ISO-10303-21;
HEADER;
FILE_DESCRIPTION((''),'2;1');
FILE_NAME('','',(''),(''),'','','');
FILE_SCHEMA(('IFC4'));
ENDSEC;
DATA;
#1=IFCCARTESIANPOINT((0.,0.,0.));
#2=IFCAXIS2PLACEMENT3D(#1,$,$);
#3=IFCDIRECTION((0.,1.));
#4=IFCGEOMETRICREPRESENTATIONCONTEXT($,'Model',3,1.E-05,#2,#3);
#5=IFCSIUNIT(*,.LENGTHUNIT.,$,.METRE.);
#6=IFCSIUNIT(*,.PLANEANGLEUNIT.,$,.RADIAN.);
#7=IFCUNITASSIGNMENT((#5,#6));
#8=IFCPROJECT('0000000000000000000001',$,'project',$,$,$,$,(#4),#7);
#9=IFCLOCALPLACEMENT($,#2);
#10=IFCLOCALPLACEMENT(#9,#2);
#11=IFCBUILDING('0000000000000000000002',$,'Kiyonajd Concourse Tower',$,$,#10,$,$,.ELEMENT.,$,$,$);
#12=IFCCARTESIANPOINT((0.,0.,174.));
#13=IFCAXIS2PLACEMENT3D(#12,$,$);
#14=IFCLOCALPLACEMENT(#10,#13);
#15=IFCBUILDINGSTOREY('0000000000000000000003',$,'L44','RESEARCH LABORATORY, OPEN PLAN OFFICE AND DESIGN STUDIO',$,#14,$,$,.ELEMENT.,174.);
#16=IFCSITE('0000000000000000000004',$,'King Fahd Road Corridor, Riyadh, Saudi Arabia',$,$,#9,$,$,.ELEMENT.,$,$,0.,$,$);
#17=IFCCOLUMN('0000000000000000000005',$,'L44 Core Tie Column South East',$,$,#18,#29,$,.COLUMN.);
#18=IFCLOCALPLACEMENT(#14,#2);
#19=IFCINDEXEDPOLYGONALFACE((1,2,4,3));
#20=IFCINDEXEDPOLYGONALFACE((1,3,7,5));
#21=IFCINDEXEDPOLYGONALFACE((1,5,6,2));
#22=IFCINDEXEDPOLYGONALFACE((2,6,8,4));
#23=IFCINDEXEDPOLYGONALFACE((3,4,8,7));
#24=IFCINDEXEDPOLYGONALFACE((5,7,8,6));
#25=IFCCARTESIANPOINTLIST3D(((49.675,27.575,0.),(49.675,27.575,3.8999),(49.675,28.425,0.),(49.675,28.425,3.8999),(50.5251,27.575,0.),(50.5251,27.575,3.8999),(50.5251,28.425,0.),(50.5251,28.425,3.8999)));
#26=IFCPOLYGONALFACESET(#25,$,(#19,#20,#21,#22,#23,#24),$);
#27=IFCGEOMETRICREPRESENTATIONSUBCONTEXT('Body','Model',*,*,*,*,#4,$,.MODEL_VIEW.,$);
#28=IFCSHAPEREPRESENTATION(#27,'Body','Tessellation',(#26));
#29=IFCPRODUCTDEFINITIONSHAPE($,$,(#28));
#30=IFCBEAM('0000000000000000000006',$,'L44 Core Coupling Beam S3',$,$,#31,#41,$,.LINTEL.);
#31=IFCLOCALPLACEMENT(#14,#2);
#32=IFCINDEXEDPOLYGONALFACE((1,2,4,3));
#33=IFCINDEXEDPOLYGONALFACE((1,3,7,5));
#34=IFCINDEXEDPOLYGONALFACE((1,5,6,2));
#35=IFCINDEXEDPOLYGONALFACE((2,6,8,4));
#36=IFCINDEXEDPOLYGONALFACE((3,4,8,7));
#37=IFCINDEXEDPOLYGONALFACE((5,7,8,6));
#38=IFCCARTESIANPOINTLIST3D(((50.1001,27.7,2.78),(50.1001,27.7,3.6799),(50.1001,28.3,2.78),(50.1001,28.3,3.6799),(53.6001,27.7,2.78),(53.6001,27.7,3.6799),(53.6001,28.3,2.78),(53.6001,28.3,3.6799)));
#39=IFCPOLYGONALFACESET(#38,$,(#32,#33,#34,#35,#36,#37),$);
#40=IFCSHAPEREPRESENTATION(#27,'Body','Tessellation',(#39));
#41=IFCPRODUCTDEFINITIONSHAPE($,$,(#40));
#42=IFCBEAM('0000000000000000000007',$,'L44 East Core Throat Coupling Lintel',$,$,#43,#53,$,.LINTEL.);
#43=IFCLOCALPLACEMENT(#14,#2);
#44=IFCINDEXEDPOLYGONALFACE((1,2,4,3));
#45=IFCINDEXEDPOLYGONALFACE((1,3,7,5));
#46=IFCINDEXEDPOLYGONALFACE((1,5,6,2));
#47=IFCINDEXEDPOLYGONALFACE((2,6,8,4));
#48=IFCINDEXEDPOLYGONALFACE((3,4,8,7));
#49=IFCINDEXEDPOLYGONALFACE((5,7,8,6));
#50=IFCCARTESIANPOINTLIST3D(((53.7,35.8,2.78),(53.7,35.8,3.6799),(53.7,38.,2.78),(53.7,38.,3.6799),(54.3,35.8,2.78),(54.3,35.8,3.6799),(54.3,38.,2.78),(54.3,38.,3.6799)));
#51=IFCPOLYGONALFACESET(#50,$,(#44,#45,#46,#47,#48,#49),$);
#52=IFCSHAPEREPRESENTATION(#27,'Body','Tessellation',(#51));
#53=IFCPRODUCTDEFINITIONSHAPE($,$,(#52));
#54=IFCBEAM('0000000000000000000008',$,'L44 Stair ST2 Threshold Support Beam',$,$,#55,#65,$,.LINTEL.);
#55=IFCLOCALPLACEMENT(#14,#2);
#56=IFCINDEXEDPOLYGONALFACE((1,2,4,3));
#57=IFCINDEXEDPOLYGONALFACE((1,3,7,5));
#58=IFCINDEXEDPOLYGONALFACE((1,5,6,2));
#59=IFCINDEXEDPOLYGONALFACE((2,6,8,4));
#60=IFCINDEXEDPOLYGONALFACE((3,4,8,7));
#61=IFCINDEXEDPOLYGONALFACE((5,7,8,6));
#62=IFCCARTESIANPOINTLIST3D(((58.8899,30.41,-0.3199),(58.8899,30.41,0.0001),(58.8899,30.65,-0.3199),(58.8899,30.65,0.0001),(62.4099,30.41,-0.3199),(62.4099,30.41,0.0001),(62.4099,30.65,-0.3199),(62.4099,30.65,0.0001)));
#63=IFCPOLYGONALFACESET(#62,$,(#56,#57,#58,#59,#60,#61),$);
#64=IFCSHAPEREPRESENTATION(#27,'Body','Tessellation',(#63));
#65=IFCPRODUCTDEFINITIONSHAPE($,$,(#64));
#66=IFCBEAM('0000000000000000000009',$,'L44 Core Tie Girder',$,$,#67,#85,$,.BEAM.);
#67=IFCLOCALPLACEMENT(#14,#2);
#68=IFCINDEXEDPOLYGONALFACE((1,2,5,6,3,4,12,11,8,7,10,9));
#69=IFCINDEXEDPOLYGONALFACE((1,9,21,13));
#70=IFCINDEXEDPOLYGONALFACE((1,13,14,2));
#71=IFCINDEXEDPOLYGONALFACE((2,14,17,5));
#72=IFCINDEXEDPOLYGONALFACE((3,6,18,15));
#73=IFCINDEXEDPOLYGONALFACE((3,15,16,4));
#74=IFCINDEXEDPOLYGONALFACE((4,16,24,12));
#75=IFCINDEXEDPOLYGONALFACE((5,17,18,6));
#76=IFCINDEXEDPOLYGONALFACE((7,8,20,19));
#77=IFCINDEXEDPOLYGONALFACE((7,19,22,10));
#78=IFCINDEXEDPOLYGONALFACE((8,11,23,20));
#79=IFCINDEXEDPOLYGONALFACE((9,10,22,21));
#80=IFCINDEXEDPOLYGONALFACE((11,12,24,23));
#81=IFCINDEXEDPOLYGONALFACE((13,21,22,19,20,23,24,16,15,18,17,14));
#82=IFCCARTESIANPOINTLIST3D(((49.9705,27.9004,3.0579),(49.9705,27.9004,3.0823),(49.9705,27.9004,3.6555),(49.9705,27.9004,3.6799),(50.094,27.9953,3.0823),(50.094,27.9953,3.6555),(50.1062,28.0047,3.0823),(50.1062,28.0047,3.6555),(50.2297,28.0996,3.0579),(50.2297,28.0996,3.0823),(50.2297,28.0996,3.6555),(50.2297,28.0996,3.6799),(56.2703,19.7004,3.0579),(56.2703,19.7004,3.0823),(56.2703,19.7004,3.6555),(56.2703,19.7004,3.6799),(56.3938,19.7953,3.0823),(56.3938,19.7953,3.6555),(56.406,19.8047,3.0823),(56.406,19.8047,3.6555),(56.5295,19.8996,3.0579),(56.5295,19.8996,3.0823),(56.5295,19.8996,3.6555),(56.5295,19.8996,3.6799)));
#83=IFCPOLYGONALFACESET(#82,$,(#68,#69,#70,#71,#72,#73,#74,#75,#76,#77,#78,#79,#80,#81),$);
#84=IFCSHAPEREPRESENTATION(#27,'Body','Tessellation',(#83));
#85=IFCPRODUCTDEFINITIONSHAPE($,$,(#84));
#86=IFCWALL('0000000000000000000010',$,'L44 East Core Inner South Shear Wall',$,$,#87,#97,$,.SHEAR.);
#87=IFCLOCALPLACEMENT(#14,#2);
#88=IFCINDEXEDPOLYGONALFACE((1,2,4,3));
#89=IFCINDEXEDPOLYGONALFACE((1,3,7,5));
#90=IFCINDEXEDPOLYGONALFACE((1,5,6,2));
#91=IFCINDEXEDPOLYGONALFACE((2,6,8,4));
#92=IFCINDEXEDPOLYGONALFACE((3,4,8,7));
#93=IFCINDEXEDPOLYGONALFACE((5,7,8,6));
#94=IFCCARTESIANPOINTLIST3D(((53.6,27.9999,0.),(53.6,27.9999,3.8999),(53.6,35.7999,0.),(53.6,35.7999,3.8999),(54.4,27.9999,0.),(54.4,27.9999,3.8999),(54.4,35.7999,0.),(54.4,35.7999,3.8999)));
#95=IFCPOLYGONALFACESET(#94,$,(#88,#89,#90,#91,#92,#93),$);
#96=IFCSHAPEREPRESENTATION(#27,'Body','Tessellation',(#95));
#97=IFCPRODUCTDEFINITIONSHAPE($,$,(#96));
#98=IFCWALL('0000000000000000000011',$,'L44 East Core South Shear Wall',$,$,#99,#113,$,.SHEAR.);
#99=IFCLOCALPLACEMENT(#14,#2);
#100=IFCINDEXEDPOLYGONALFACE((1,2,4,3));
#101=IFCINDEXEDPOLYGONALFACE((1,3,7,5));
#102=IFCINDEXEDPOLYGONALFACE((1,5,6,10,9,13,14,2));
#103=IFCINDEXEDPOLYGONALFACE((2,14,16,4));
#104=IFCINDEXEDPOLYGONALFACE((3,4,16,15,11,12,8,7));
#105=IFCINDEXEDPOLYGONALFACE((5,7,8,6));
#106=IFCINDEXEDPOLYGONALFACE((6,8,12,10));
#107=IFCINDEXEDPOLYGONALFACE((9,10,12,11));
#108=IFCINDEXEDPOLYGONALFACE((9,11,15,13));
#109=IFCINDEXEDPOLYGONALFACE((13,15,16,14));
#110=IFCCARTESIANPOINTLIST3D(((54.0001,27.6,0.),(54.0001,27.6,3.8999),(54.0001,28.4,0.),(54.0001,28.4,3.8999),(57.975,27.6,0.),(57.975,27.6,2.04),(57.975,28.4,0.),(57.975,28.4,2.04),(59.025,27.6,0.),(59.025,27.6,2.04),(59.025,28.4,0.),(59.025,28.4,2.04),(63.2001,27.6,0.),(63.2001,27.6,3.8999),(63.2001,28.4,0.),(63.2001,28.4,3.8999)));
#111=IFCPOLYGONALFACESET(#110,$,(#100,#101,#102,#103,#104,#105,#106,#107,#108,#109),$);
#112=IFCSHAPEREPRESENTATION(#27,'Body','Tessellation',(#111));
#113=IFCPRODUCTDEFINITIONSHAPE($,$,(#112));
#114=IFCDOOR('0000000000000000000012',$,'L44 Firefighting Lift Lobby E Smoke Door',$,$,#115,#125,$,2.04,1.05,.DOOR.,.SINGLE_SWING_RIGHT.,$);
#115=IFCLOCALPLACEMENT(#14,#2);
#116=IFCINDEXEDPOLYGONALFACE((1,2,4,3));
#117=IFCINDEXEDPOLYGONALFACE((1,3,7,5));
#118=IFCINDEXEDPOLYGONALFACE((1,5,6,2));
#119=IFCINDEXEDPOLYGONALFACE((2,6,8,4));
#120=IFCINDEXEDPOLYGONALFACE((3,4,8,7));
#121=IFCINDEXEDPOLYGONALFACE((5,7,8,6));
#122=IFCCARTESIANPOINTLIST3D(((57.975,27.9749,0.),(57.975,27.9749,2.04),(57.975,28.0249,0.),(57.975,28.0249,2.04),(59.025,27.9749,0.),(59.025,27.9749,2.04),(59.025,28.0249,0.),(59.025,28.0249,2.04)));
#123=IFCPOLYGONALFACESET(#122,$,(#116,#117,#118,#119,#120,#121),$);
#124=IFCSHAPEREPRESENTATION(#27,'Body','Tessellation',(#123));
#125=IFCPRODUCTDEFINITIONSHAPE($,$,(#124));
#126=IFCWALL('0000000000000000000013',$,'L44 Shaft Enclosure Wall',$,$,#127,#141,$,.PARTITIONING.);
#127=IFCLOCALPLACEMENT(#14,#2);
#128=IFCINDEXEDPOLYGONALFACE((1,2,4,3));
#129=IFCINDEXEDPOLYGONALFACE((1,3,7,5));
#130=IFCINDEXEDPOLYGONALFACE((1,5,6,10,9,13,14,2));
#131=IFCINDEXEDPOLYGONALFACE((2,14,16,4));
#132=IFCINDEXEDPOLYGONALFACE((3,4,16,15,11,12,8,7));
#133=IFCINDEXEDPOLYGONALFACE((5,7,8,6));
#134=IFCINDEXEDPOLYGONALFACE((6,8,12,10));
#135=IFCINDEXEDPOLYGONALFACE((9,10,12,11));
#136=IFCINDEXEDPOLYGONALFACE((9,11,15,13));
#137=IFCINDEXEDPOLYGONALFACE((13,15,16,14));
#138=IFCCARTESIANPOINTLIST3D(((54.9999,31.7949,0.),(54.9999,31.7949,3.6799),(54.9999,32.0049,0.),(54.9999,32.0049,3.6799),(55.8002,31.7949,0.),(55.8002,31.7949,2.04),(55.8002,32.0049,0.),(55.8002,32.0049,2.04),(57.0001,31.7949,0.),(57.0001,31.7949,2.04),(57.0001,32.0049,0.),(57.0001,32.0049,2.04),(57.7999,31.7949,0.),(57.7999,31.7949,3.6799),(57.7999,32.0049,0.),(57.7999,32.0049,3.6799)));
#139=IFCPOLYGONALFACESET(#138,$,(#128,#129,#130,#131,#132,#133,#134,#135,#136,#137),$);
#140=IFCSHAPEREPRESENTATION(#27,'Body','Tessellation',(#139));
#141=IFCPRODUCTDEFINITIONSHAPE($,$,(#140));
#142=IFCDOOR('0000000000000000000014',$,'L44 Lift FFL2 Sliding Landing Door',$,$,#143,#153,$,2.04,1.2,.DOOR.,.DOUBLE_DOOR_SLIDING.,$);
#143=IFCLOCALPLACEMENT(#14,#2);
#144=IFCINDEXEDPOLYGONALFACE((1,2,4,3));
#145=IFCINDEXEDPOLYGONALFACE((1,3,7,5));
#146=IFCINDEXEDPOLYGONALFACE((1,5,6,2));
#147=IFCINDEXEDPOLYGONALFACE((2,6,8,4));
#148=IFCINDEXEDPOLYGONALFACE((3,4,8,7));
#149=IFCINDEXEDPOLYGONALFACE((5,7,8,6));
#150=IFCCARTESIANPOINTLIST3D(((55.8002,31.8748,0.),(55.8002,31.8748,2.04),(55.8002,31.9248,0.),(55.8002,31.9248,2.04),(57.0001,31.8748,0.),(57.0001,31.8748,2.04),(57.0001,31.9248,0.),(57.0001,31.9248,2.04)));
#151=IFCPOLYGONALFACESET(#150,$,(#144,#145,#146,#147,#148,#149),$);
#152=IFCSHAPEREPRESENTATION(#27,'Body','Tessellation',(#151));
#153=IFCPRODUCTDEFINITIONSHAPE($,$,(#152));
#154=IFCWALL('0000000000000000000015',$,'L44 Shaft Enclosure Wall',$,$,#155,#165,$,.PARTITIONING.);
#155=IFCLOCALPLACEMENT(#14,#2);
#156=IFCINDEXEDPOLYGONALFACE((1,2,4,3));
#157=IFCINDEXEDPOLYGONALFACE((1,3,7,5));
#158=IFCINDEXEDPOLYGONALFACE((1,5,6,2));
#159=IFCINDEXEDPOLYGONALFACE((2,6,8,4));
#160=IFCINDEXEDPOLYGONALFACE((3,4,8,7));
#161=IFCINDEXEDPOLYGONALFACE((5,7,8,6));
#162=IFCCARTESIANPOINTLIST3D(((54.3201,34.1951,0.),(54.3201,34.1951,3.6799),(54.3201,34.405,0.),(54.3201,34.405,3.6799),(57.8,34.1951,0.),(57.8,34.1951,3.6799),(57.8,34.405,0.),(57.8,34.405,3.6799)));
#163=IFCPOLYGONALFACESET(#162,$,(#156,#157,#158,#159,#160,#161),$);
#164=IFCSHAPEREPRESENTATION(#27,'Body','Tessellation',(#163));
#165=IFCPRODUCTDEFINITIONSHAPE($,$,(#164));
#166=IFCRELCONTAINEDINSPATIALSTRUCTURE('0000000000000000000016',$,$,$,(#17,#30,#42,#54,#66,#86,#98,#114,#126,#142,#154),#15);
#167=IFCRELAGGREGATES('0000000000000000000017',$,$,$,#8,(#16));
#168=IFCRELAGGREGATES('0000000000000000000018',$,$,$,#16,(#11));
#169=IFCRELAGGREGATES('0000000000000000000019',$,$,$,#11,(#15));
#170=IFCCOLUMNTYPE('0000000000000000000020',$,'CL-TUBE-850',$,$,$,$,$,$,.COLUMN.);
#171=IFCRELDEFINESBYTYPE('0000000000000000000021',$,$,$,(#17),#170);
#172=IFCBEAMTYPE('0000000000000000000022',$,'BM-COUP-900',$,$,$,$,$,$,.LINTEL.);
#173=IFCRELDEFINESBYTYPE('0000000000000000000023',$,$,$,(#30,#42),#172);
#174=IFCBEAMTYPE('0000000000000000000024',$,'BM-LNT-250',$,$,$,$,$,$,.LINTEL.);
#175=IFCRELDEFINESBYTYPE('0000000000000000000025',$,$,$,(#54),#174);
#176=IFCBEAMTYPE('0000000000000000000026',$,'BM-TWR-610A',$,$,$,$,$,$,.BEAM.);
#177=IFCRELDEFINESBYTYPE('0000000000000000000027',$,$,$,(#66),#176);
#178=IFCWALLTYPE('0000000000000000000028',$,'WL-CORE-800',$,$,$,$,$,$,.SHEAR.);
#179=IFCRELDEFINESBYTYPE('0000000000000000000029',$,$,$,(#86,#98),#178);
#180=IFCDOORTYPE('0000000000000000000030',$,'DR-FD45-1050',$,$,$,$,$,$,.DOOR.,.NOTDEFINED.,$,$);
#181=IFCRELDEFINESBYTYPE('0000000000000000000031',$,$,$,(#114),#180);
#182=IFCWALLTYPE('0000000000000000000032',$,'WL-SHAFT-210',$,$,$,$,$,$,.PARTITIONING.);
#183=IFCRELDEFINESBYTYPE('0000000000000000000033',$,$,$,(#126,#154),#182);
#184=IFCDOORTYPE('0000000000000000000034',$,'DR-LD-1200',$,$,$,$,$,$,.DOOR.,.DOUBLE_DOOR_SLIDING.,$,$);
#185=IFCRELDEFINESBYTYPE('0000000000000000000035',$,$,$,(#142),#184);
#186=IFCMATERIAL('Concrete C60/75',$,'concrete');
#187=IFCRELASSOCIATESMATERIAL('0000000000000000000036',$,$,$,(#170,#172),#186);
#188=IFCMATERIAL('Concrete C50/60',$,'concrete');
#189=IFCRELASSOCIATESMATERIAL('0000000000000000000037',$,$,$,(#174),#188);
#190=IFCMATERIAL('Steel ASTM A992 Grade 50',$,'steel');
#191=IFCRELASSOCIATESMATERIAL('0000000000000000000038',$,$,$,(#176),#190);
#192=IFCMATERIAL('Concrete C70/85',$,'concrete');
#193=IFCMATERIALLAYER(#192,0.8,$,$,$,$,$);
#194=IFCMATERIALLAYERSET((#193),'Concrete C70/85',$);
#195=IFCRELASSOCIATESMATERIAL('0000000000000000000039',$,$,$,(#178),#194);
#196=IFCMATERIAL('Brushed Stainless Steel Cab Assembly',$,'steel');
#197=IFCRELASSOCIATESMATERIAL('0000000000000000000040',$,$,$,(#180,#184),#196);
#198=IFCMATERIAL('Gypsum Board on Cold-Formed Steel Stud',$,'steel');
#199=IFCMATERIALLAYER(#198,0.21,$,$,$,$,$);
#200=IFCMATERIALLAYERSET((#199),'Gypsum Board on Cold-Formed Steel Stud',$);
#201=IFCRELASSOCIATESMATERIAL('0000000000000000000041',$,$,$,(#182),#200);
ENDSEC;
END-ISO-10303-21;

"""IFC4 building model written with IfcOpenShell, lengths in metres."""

from ifc_helpers import new_model, si_unit, direction, frame, frame_2d, origin, origin_2d, place, context, subcontext, project, spatial, rectangle, i_section, extrude, material, layer, layer_set, material_profile, profile_set, type_object, element, fill, save


model = new_model("IFC4")

# Units and contexts
model_context = context("Model", 3, precision=1e-05, world=origin(), true_north=direction((0.0, 1.0)))
body_context = subcontext(model_context, "Body", "Model", "MODEL_VIEW")
ifc_project = project(units=[si_unit("LENGTHUNIT", "METRE"), si_unit("PLANEANGLEUNIT", "RADIAN")], contexts=[model_context])

# Site, building, storey
site_placement = place(None, origin())
site = spatial("IfcSite", under=ifc_project, at=site_placement, Name="King Fahd Road Corridor, Riyadh, Saudi Arabia", CompositionType="ELEMENT", RefElevation=0.0)
building_placement = place(site_placement, origin())
building = spatial("IfcBuilding", under=site, at=building_placement, Name="Kiyonajd Concourse Tower", CompositionType="ELEMENT")
storey_placement = place(building_placement, frame((0.0, 0.0, 174.0)))
storey = spatial("IfcBuildingStorey", under=building, at=storey_placement, Name="L44", Description="RESEARCH LABORATORY, OPEN PLAN OFFICE AND DESIGN STUDIO", CompositionType="ELEMENT", Elevation=174.0)

# Column
ifc_material_1 = material(Name="Concrete C60/75", Category="concrete")
ifc_material_profile_1 = material_profile(ifc_material_1, rectangle(XDim=0.8501, YDim=0.8501, at=origin_2d()), Name="RC-850x850")
ifc_profile_set_1 = profile_set([ifc_material_profile_1], Name="Concrete C60/75")
column_type = type_object("IfcColumnType", Name="CL-TUBE-850", PredefinedType="COLUMN", material=ifc_profile_set_1)
column_placement = place(storey_placement, frame((50.1001, 28.0, 0.0), z_axis=(0.0, 0.0, 1.0), x_axis=(1.0, 0.0, 0.0)))
element("IfcColumn", 1, at=column_placement, inside=storey, type_object=column_type, Name="L44 Core Tie Column South East", PredefinedType="COLUMN", context=body_context, shape_type="SweptSolid", body=[
    extrude(rectangle(XDim=0.8501, YDim=0.8501, at=origin_2d()), origin(), (0.0, 0.0, 1.0), 3.8999),
])

# Beams
ifc_material_profile_2 = material_profile(ifc_material_1, rectangle(XDim=0.6001, YDim=0.8999, at=origin_2d()), Name="RCBM-600x900")
ifc_profile_set_2 = profile_set([ifc_material_profile_2], Name="Concrete C60/75")
beam_type_1 = type_object("IfcBeamType", Name="BM-COUP-900", PredefinedType="LINTEL", material=ifc_profile_set_2)
beam_1_placement = place(storey_placement, frame((50.1001, 28.0, 3.23), z_axis=(1.0, 0.0, 0.0), x_axis=(0.0, 1.0, 0.0)))
element("IfcBeam", 2, at=beam_1_placement, inside=storey, type_object=beam_type_1, Name="L44 Core Coupling Beam S3", PredefinedType="LINTEL", context=body_context, shape_type="SweptSolid", body=[
    extrude(rectangle(XDim=0.6001, YDim=0.8999, at=origin_2d()), origin(), (0.0, 0.0, 1.0), 3.5),
])
beam_2_placement = place(storey_placement, frame((54.0, 35.8, 3.23), z_axis=(0.0, 1.0, 0.0), x_axis=(-1.0, 0.0, 0.0)))
element("IfcBeam", 3, at=beam_2_placement, inside=storey, type_object=beam_type_1, Name="L44 East Core Throat Coupling Lintel", PredefinedType="LINTEL", context=body_context, shape_type="SweptSolid", body=[
    extrude(rectangle(XDim=0.6001, YDim=0.8999, at=origin_2d()), origin(), (0.0, 0.0, 1.0), 2.2),
])
ifc_material_2 = material(Name="Concrete C50/60", Category="concrete")
ifc_material_profile_3 = material_profile(ifc_material_2, rectangle(XDim=0.24, YDim=0.3201, at=origin_2d()), Name="RCBM-240x320")
ifc_profile_set_3 = profile_set([ifc_material_profile_3], Name="Concrete C50/60")
beam_type_2 = type_object("IfcBeamType", Name="BM-LNT-250", PredefinedType="LINTEL", material=ifc_profile_set_3)
beam_3_placement = place(storey_placement, frame((58.8899, 30.53, -0.1599), z_axis=(1.0, 0.0, 0.0), x_axis=(0.0, 1.0, 0.0)))
element("IfcBeam", 4, at=beam_3_placement, inside=storey, type_object=beam_type_2, Name="L44 Stair ST2 Threshold Support Beam", PredefinedType="LINTEL", context=body_context, shape_type="SweptSolid", body=[
    extrude(rectangle(XDim=0.24, YDim=0.3201, at=origin_2d()), origin(), (0.0, 0.0, 1.0), 3.52),
])
ifc_material_3 = material(Name="Steel ASTM A992 Grade 50", Category="steel")
ifc_material_profile_4 = material_profile(ifc_material_3, i_section(OverallWidth=0.3269, OverallDepth=0.6221, WebThickness=0.0154, FlangeThickness=0.0244, at=origin_2d()), Name="W610X195")
ifc_profile_set_4 = profile_set([ifc_material_profile_4], Name="Steel ASTM A992 Grade 50")
beam_type_3 = type_object("IfcBeamType", Name="BM-TWR-610A", PredefinedType="BEAM", material=ifc_profile_set_4)
beam_4_placement = place(storey_placement, frame((50.1001, 28.0, 3.3689), z_axis=(0.609234, -0.792991, 0.0), x_axis=(0.792991, 0.609234, 0.0)))
element("IfcBeam", 5, at=beam_4_placement, inside=storey, type_object=beam_type_3, Name="L44 Core Tie Girder", PredefinedType="BEAM", context=body_context, shape_type="SweptSolid", body=[
    extrude(i_section(OverallWidth=0.3269, OverallDepth=0.6221, WebThickness=0.0154, FlangeThickness=0.0244, at=origin_2d()), origin(), (0.0, 0.0, 1.0), 10.3406),
])

# Wall
ifc_material_4 = material(Name="Concrete C70/85", Category="concrete")
ifc_layer_1 = layer(ifc_material_4, 0.8)
ifc_layer_set_1 = layer_set([ifc_layer_1], Name="Concrete C70/85")
wall_type_1 = type_object("IfcWallType", Name="WL-CORE-800", PredefinedType="SHEAR", material=ifc_layer_set_1)
wall_1_placement = place(storey_placement, frame((54.0, 28.0, 0.0), z_axis=(0.0, 0.0, 1.0), x_axis=(0.0, 1.0, 0.0)))
element("IfcWall", 6, at=wall_1_placement, inside=storey, type_object=wall_type_1, Name="L44 East Core Inner South Shear Wall", PredefinedType="SHEAR", context=body_context, shape_type="SweptSolid", body=[
    extrude(rectangle(XDim=7.8, YDim=0.8, at=frame_2d((3.8999, 0.0))), origin(), (0.0, 0.0, 1.0), 3.8999),
])

# Walls, openings, doors
wall_2_placement = place(storey_placement, frame((54.0, 28.0, 0.0), z_axis=(0.0, 0.0, 1.0), x_axis=(1.0, 0.0, 0.0)))
wall_2 = element("IfcWall", 7, at=wall_2_placement, inside=storey, type_object=wall_type_1, Name="L44 East Core South Shear Wall", PredefinedType="SHEAR", context=body_context, shape_type="SweptSolid", body=[
    extrude(rectangle(XDim=9.2, YDim=0.8, at=frame_2d((4.6001, 0.0))), origin(), (0.0, 0.0, 1.0), 3.8999),
])
opening_1_placement = place(wall_2_placement, frame((3.9751, 0.0, 0.0)))
opening_1 = element("IfcOpeningElement", 8, at=opening_1_placement, cuts=wall_2, PredefinedType="OPENING", context=body_context, shape_type="SweptSolid", body=[
    extrude(rectangle(XDim=1.05, YDim=2.04, at=frame_2d((0.5249, 1.02))), frame((0.0, 0.4099, 0.0), z_axis=(0.0, -1.0, 0.0), x_axis=(1.0, 0.0, 0.0)), (0.0, 0.0, 1.0), 0.8201),
])
ifc_material_5 = material(Name="Brushed Stainless Steel Cab Assembly", Category="steel")
door_type_1 = type_object("IfcDoorType", Name="DR-FD45-1050", OperationType="NOTDEFINED", PredefinedType="DOOR", material=ifc_material_5)
door_1_placement = place(opening_1_placement, origin())
door_1 = element("IfcDoor", 9, at=door_1_placement, inside=storey, type_object=door_type_1, Name="L44 Firefighting Lift Lobby E Smoke Door", OperationType="SINGLE_SWING_RIGHT", OverallHeight=2.04, OverallWidth=1.05, PredefinedType="DOOR", context=body_context, shape_type="SweptSolid", body=[
    extrude(rectangle(XDim=1.05, YDim=2.04, at=frame_2d((0.5249, 1.02))), frame((0.0, 0.0249, 0.0), z_axis=(0.0, -1.0, 0.0), x_axis=(1.0, 0.0, 0.0)), (0.0, 0.0, 1.0), 0.05),
])
fill(opening_1, door_1)
ifc_material_6 = material(Name="Gypsum Board on Cold-Formed Steel Stud", Category="steel")
ifc_layer_2 = layer(ifc_material_6, 0.21)
ifc_layer_set_2 = layer_set([ifc_layer_2], Name="Gypsum Board on Cold-Formed Steel Stud")
wall_type_2 = type_object("IfcWallType", Name="WL-SHAFT-210", PredefinedType="PARTITIONING", material=ifc_layer_set_2)
wall_3_placement = place(storey_placement, frame((55.0, 31.8999, 0.0), z_axis=(0.0, 0.0, 1.0), x_axis=(1.0, 0.0, 0.0)))
wall_3 = element("IfcWall", 10, at=wall_3_placement, inside=storey, type_object=wall_type_2, Name="L44 Shaft Enclosure Wall", PredefinedType="PARTITIONING", context=body_context, shape_type="SweptSolid", body=[
    extrude(rectangle(XDim=2.8, YDim=0.21, at=frame_2d((1.3999, 0.0))), origin(), (0.0, 0.0, 1.0), 3.6799),
])
opening_2_placement = place(wall_3_placement, frame((0.8, 0.0, 0.0)))
opening_2 = element("IfcOpeningElement", 11, at=opening_2_placement, cuts=wall_3, PredefinedType="OPENING", context=body_context, shape_type="SweptSolid", body=[
    extrude(rectangle(XDim=1.2, YDim=2.04, at=frame_2d((0.6001, 1.02))), frame((0.0, 0.115, 0.0), z_axis=(0.0, -1.0, 0.0), x_axis=(1.0, 0.0, 0.0)), (0.0, 0.0, 1.0), 0.23),
])
door_type_2 = type_object("IfcDoorType", Name="DR-LD-1200", OperationType="DOUBLE_DOOR_SLIDING", PredefinedType="DOOR", material=ifc_material_5)
door_2_placement = place(opening_2_placement, origin())
door_2 = element("IfcDoor", 12, at=door_2_placement, inside=storey, type_object=door_type_2, Name="L44 Lift FFL2 Sliding Landing Door", OperationType="DOUBLE_DOOR_SLIDING", OverallHeight=2.04, OverallWidth=1.2, PredefinedType="DOOR", context=body_context, shape_type="SweptSolid", body=[
    extrude(rectangle(XDim=1.2, YDim=2.04, at=frame_2d((0.6001, 1.02))), frame((0.0, 0.0249, 0.0), z_axis=(0.0, -1.0, 0.0), x_axis=(1.0, 0.0, 0.0)), (0.0, 0.0, 1.0), 0.05),
])
fill(opening_2, door_2)

# Wall
wall_4_placement = place(storey_placement, frame((54.3201, 34.3, 0.0), z_axis=(0.0, 0.0, 1.0), x_axis=(1.0, 0.0, 0.0)))
element("IfcWall", 13, at=wall_4_placement, inside=storey, type_object=wall_type_2, Name="L44 Shaft Enclosure Wall", PredefinedType="PARTITIONING", context=body_context, shape_type="SweptSolid", body=[
    extrude(rectangle(XDim=3.48, YDim=0.21, at=frame_2d((1.74, 0.0))), origin(), (0.0, 0.0, 1.0), 3.6799),
])

save(model, "model.ifc")
